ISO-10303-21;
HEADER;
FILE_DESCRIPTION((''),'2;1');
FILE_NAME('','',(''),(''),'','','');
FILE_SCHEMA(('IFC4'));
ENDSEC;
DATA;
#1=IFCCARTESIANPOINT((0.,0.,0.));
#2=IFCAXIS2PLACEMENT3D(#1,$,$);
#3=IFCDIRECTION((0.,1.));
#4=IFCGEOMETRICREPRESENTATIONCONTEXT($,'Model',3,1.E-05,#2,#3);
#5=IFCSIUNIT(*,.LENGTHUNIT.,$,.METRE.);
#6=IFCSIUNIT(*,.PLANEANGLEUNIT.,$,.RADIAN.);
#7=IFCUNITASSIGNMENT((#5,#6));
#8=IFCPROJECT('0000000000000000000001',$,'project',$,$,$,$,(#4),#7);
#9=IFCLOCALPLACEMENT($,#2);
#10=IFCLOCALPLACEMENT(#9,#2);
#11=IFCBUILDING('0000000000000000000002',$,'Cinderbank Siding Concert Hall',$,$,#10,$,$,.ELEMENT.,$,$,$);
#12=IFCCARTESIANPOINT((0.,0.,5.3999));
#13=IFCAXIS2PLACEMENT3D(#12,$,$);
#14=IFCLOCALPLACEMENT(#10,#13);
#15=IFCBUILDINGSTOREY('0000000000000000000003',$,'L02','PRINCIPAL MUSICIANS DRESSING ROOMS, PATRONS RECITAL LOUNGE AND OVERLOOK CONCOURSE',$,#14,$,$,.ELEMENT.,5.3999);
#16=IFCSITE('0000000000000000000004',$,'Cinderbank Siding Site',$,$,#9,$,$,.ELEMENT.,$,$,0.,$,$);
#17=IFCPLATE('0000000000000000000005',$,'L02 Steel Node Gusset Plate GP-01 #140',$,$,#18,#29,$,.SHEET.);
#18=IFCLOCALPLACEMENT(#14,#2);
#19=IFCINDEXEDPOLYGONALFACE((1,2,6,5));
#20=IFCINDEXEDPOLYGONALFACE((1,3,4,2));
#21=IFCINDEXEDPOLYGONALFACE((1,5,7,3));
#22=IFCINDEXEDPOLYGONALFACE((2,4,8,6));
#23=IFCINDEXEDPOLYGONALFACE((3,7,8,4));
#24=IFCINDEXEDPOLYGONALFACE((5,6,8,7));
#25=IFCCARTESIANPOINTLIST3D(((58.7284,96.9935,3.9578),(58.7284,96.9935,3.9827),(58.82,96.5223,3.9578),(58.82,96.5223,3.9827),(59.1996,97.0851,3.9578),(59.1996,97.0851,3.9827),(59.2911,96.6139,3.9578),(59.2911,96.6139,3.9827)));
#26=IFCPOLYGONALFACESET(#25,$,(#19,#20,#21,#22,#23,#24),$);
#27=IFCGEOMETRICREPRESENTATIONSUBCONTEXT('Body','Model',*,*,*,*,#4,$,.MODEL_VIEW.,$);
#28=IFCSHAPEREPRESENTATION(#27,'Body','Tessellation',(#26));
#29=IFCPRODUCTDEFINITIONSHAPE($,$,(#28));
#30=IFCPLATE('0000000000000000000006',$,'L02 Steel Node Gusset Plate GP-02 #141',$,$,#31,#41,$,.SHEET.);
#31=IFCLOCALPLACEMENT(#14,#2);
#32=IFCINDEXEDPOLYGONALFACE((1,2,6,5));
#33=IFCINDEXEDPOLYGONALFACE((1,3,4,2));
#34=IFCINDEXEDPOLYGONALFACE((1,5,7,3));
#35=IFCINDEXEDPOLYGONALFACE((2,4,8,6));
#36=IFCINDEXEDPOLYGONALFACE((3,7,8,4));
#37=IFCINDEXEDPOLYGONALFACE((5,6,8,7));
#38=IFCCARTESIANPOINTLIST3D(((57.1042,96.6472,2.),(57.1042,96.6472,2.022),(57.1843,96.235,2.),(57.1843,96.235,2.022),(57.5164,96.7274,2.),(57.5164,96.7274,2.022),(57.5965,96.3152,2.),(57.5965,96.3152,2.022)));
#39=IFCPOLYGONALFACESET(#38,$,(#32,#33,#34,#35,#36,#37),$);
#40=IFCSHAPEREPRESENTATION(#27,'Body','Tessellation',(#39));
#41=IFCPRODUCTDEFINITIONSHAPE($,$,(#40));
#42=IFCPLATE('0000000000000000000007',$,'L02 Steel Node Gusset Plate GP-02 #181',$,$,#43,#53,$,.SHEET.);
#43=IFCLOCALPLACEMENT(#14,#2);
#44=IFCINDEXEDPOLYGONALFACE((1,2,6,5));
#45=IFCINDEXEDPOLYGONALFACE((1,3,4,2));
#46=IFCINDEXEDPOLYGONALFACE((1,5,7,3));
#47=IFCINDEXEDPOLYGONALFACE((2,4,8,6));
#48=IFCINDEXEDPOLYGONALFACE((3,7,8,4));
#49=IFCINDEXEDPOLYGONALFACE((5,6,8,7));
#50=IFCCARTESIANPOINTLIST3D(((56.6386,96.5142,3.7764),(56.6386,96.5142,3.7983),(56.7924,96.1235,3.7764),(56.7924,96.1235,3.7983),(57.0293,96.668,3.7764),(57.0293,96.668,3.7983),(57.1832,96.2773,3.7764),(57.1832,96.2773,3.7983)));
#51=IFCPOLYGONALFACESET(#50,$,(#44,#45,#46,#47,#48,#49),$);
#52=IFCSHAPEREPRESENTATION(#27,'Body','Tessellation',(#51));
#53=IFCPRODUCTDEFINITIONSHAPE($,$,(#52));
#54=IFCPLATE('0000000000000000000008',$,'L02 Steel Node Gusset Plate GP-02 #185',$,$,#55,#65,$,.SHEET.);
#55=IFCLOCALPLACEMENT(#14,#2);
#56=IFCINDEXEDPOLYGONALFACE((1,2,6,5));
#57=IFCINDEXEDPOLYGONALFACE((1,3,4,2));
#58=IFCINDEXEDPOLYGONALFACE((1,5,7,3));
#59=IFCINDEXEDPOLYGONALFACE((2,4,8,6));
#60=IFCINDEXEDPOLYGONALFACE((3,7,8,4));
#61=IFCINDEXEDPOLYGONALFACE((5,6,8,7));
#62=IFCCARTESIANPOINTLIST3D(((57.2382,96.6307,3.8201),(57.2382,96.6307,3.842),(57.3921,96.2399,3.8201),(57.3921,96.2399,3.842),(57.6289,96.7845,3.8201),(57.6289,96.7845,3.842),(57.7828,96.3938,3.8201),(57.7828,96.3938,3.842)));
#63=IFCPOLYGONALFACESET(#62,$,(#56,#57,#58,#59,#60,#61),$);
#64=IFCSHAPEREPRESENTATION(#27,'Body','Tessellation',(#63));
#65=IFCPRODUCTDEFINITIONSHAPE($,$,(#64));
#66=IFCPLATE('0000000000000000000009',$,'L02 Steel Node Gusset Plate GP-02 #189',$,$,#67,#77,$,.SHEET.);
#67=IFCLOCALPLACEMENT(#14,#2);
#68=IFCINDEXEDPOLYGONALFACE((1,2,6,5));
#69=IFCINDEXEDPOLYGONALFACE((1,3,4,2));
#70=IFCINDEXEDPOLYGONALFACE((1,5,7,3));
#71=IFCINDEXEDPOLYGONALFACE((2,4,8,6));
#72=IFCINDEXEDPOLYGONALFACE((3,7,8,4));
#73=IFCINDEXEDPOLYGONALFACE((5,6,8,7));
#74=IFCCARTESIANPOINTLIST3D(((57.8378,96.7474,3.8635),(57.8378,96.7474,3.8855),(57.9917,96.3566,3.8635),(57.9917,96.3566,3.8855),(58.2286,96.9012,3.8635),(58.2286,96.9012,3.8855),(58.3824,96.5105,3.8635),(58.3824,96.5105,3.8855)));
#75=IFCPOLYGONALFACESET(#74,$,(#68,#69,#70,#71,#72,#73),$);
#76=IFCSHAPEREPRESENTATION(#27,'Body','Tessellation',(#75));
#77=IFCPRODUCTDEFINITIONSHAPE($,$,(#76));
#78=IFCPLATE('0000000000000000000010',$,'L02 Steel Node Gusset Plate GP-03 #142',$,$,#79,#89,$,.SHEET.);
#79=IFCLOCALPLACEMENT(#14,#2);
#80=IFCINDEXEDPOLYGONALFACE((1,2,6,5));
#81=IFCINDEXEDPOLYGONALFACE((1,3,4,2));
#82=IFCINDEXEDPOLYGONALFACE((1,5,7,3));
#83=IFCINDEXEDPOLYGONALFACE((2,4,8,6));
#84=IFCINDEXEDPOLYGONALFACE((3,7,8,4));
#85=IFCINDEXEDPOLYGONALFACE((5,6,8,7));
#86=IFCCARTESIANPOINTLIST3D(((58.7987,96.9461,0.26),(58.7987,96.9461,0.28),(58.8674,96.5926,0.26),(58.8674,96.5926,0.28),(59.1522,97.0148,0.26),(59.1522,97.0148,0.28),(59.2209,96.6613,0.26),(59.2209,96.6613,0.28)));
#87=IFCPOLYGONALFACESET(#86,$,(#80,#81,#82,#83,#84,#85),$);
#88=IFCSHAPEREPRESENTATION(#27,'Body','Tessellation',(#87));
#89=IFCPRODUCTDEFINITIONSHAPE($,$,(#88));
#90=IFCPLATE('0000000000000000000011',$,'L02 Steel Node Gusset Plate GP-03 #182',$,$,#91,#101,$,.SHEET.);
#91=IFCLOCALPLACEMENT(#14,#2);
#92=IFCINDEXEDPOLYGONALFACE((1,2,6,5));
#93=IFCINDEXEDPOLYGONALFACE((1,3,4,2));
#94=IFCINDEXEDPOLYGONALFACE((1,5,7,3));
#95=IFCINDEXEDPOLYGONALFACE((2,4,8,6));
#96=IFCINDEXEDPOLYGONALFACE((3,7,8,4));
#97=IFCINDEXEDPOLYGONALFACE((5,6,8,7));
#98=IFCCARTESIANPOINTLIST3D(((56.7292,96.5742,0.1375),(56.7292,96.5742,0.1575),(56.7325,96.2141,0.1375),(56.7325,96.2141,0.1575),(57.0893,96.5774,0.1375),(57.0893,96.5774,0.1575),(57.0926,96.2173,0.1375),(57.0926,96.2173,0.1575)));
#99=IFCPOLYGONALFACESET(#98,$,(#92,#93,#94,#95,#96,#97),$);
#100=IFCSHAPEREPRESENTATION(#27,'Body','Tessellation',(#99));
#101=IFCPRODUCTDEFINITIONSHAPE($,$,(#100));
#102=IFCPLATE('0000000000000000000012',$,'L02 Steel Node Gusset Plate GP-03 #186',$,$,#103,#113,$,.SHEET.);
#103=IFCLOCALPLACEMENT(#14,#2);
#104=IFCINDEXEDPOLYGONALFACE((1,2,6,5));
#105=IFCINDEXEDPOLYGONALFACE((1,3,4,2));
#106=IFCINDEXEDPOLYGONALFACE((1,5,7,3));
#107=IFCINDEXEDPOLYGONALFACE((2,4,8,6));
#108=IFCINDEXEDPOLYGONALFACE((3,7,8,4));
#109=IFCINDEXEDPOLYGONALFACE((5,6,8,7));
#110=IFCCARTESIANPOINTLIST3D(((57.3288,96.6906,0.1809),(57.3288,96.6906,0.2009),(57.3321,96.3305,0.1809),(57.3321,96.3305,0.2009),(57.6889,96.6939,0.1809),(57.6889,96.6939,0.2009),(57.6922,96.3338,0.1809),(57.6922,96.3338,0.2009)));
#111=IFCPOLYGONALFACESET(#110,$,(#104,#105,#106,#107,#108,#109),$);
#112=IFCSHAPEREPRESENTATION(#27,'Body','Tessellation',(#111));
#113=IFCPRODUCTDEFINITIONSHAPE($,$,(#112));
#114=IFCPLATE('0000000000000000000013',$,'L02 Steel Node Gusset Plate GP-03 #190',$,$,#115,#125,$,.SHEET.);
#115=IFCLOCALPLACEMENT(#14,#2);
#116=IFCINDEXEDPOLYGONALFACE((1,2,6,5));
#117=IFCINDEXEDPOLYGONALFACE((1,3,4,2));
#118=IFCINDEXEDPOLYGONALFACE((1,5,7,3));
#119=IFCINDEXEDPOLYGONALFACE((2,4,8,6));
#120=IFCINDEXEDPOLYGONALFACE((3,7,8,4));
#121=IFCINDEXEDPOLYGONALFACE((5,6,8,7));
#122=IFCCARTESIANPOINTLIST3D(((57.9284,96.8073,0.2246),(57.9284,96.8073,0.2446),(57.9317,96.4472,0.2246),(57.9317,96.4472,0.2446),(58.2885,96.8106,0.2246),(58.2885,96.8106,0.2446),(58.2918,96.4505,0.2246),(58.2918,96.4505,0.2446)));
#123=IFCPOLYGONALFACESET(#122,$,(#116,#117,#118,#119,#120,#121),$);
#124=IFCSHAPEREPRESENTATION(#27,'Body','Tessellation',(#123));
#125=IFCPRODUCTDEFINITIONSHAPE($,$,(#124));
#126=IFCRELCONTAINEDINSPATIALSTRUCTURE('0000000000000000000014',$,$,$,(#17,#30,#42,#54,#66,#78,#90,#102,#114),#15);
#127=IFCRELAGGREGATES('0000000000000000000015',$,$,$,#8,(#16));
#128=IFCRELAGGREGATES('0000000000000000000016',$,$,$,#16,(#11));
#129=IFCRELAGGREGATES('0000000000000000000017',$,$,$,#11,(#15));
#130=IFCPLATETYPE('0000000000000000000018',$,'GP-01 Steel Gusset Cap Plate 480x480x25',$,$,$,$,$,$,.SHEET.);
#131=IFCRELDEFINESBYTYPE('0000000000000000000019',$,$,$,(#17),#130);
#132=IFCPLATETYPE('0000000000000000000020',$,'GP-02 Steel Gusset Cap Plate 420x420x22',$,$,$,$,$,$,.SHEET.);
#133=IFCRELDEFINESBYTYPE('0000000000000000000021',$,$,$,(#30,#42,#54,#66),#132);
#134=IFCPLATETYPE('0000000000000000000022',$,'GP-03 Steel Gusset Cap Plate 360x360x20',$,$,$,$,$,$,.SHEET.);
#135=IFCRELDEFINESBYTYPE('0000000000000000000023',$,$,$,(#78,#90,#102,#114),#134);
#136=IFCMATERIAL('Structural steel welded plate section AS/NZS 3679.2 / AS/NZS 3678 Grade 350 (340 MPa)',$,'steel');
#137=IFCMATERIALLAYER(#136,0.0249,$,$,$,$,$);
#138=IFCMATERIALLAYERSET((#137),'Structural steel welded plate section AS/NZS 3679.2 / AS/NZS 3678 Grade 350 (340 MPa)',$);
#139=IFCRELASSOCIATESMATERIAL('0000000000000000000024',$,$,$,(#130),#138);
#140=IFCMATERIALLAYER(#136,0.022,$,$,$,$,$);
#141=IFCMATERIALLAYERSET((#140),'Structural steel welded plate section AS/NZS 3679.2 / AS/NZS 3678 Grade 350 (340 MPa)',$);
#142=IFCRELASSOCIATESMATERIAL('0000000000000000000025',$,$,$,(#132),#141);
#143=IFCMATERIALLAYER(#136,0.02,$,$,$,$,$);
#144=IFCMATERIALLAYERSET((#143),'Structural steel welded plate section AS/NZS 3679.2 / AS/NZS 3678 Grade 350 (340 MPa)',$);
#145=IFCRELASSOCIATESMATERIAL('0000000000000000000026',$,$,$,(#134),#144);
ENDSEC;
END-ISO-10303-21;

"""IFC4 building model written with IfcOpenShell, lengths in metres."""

from ifc_helpers import new_model, si_unit, direction, frame, origin, origin_2d, place, context, subcontext, project, spatial, rectangle, extrude, material, layer, layer_set, type_object, element, save


model = new_model("IFC4")

# Units and contexts
model_context = context("Model", 3, precision=1e-05, world=origin(), true_north=direction((0.0, 1.0)))
body_context = subcontext(model_context, "Body", "Model", "MODEL_VIEW")
ifc_project = project(units=[si_unit("LENGTHUNIT", "METRE"), si_unit("PLANEANGLEUNIT", "RADIAN")], contexts=[model_context])

# Site, building, storey
site_placement = place(None, origin())
site = spatial("IfcSite", under=ifc_project, at=site_placement, Name="Cinderbank Siding Site", CompositionType="ELEMENT", RefElevation=0.0)
building_placement = place(site_placement, origin())
building = spatial("IfcBuilding", under=site, at=building_placement, Name="Cinderbank Siding Concert Hall", CompositionType="ELEMENT")
storey_placement = place(building_placement, frame((0.0, 0.0, 5.3999)))
storey = spatial("IfcBuildingStorey", under=building, at=storey_placement, Name="L02", Description="PRINCIPAL MUSICIANS DRESSING ROOMS, PATRONS RECITAL LOUNGE AND OVERLOOK CONCOURSE", CompositionType="ELEMENT", Elevation=5.3999)

# Plates
ifc_material_1 = material(Name="Structural steel welded plate section AS/NZS 3679.2 / AS/NZS 3678 Grade 350 (340 MPa)", Category="steel")
ifc_layer_1 = layer(ifc_material_1, 0.0249)
ifc_layer_set_1 = layer_set([ifc_layer_1], Name="Structural steel welded plate section AS/NZS 3679.2 / AS/NZS 3678 Grade 350 (340 MPa)")
plate_type_1 = type_object("IfcPlateType", Name="GP-01 Steel Gusset Cap Plate 480x480x25", PredefinedType="SHEET", material=ifc_layer_set_1)
plate_1_placement = place(storey_placement, frame((59.0098, 96.8037, 3.9578), z_axis=(0.0, 0.0, 1.0), x_axis=(0.981627, 0.190809, 0.0)))
element("IfcPlate", 1, at=plate_1_placement, inside=storey, type_object=plate_type_1, Name="L02 Steel Node Gusset Plate GP-01 #140", PredefinedType="SHEET", context=body_context, shape_type="SweptSolid", body=[
    extrude(rectangle(XDim=0.48, YDim=0.48, at=origin_2d()), origin(), (0.0, 0.0, 1.0), 0.0249),
])
ifc_layer_2 = layer(ifc_material_1, 0.022)
ifc_layer_set_2 = layer_set([ifc_layer_2], Name="Structural steel welded plate section AS/NZS 3679.2 / AS/NZS 3678 Grade 350 (340 MPa)")
plate_type_2 = type_object("IfcPlateType", Name="GP-02 Steel Gusset Cap Plate 420x420x22", PredefinedType="SHEET", material=ifc_layer_set_2)
for number, where, z_axis, x_axis, name in (
    (2, (57.3503, 96.4812, 2.0), (0.0, 0.0, 1.0), (0.981627, 0.190809, 0.0), "L02 Steel Node Gusset Plate GP-02 #141"),
    (3, (56.9109, 96.3958, 3.7764), (0.0, 0.0, 1.0), (0.366339, -0.930482, 0.0), "L02 Steel Node Gusset Plate GP-02 #181"),
    (4, (57.5105, 96.5122, 3.8201), (0.0, 0.0, 1.0), (0.366339, -0.930482, 0.0), "L02 Steel Node Gusset Plate GP-02 #185"),
    (5, (58.1101, 96.6289, 3.8635), (0.0, 0.0, 1.0), (0.366339, -0.930482, 0.0), "L02 Steel Node Gusset Plate GP-02 #189"),
):
    element("IfcPlate", number, at=place(storey_placement, frame(where, z_axis=z_axis, x_axis=x_axis)), inside=storey, type_object=plate_type_2, Name=name, PredefinedType="SHEET", context=body_context, shape_type="SweptSolid", body=[
        extrude(rectangle(XDim=0.4199, YDim=0.4199, at=origin_2d()), origin(), (0.0, 0.0, 1.0), 0.022),
    ])
ifc_layer_3 = layer(ifc_material_1, 0.02)
ifc_layer_set_3 = layer_set([ifc_layer_3], Name="Structural steel welded plate section AS/NZS 3679.2 / AS/NZS 3678 Grade 350 (340 MPa)")
plate_type_3 = type_object("IfcPlateType", Name="GP-03 Steel Gusset Cap Plate 360x360x20", PredefinedType="SHEET", material=ifc_layer_set_3)
for number, where, z_axis, x_axis, name in (
    (6, (59.0098, 96.8037, 0.26), (0.0, 0.0, 1.0), (0.981627, 0.190809, 0.0), "L02 Steel Node Gusset Plate GP-03 #142"),
    (7, (56.9109, 96.3958, 0.1375), (0.0, 0.0, 1.0), (-0.009076, 0.999959, 0.0), "L02 Steel Node Gusset Plate GP-03 #182"),
    (8, (57.5105, 96.5122, 0.1809), (0.0, 0.0, 1.0), (-0.009076, 0.999959, 0.0), "L02 Steel Node Gusset Plate GP-03 #186"),
    (9, (58.1101, 96.6289, 0.2246), (0.0, 0.0, 1.0), (-0.009076, 0.999959, 0.0), "L02 Steel Node Gusset Plate GP-03 #190"),
):
    element("IfcPlate", number, at=place(storey_placement, frame(where, z_axis=z_axis, x_axis=x_axis)), inside=storey, type_object=plate_type_3, Name=name, PredefinedType="SHEET", context=body_context, shape_type="SweptSolid", body=[
        extrude(rectangle(XDim=0.3601, YDim=0.3601, at=origin_2d()), origin(), (0.0, 0.0, 1.0), 0.02),
    ])

save(model, "model.ifc")
